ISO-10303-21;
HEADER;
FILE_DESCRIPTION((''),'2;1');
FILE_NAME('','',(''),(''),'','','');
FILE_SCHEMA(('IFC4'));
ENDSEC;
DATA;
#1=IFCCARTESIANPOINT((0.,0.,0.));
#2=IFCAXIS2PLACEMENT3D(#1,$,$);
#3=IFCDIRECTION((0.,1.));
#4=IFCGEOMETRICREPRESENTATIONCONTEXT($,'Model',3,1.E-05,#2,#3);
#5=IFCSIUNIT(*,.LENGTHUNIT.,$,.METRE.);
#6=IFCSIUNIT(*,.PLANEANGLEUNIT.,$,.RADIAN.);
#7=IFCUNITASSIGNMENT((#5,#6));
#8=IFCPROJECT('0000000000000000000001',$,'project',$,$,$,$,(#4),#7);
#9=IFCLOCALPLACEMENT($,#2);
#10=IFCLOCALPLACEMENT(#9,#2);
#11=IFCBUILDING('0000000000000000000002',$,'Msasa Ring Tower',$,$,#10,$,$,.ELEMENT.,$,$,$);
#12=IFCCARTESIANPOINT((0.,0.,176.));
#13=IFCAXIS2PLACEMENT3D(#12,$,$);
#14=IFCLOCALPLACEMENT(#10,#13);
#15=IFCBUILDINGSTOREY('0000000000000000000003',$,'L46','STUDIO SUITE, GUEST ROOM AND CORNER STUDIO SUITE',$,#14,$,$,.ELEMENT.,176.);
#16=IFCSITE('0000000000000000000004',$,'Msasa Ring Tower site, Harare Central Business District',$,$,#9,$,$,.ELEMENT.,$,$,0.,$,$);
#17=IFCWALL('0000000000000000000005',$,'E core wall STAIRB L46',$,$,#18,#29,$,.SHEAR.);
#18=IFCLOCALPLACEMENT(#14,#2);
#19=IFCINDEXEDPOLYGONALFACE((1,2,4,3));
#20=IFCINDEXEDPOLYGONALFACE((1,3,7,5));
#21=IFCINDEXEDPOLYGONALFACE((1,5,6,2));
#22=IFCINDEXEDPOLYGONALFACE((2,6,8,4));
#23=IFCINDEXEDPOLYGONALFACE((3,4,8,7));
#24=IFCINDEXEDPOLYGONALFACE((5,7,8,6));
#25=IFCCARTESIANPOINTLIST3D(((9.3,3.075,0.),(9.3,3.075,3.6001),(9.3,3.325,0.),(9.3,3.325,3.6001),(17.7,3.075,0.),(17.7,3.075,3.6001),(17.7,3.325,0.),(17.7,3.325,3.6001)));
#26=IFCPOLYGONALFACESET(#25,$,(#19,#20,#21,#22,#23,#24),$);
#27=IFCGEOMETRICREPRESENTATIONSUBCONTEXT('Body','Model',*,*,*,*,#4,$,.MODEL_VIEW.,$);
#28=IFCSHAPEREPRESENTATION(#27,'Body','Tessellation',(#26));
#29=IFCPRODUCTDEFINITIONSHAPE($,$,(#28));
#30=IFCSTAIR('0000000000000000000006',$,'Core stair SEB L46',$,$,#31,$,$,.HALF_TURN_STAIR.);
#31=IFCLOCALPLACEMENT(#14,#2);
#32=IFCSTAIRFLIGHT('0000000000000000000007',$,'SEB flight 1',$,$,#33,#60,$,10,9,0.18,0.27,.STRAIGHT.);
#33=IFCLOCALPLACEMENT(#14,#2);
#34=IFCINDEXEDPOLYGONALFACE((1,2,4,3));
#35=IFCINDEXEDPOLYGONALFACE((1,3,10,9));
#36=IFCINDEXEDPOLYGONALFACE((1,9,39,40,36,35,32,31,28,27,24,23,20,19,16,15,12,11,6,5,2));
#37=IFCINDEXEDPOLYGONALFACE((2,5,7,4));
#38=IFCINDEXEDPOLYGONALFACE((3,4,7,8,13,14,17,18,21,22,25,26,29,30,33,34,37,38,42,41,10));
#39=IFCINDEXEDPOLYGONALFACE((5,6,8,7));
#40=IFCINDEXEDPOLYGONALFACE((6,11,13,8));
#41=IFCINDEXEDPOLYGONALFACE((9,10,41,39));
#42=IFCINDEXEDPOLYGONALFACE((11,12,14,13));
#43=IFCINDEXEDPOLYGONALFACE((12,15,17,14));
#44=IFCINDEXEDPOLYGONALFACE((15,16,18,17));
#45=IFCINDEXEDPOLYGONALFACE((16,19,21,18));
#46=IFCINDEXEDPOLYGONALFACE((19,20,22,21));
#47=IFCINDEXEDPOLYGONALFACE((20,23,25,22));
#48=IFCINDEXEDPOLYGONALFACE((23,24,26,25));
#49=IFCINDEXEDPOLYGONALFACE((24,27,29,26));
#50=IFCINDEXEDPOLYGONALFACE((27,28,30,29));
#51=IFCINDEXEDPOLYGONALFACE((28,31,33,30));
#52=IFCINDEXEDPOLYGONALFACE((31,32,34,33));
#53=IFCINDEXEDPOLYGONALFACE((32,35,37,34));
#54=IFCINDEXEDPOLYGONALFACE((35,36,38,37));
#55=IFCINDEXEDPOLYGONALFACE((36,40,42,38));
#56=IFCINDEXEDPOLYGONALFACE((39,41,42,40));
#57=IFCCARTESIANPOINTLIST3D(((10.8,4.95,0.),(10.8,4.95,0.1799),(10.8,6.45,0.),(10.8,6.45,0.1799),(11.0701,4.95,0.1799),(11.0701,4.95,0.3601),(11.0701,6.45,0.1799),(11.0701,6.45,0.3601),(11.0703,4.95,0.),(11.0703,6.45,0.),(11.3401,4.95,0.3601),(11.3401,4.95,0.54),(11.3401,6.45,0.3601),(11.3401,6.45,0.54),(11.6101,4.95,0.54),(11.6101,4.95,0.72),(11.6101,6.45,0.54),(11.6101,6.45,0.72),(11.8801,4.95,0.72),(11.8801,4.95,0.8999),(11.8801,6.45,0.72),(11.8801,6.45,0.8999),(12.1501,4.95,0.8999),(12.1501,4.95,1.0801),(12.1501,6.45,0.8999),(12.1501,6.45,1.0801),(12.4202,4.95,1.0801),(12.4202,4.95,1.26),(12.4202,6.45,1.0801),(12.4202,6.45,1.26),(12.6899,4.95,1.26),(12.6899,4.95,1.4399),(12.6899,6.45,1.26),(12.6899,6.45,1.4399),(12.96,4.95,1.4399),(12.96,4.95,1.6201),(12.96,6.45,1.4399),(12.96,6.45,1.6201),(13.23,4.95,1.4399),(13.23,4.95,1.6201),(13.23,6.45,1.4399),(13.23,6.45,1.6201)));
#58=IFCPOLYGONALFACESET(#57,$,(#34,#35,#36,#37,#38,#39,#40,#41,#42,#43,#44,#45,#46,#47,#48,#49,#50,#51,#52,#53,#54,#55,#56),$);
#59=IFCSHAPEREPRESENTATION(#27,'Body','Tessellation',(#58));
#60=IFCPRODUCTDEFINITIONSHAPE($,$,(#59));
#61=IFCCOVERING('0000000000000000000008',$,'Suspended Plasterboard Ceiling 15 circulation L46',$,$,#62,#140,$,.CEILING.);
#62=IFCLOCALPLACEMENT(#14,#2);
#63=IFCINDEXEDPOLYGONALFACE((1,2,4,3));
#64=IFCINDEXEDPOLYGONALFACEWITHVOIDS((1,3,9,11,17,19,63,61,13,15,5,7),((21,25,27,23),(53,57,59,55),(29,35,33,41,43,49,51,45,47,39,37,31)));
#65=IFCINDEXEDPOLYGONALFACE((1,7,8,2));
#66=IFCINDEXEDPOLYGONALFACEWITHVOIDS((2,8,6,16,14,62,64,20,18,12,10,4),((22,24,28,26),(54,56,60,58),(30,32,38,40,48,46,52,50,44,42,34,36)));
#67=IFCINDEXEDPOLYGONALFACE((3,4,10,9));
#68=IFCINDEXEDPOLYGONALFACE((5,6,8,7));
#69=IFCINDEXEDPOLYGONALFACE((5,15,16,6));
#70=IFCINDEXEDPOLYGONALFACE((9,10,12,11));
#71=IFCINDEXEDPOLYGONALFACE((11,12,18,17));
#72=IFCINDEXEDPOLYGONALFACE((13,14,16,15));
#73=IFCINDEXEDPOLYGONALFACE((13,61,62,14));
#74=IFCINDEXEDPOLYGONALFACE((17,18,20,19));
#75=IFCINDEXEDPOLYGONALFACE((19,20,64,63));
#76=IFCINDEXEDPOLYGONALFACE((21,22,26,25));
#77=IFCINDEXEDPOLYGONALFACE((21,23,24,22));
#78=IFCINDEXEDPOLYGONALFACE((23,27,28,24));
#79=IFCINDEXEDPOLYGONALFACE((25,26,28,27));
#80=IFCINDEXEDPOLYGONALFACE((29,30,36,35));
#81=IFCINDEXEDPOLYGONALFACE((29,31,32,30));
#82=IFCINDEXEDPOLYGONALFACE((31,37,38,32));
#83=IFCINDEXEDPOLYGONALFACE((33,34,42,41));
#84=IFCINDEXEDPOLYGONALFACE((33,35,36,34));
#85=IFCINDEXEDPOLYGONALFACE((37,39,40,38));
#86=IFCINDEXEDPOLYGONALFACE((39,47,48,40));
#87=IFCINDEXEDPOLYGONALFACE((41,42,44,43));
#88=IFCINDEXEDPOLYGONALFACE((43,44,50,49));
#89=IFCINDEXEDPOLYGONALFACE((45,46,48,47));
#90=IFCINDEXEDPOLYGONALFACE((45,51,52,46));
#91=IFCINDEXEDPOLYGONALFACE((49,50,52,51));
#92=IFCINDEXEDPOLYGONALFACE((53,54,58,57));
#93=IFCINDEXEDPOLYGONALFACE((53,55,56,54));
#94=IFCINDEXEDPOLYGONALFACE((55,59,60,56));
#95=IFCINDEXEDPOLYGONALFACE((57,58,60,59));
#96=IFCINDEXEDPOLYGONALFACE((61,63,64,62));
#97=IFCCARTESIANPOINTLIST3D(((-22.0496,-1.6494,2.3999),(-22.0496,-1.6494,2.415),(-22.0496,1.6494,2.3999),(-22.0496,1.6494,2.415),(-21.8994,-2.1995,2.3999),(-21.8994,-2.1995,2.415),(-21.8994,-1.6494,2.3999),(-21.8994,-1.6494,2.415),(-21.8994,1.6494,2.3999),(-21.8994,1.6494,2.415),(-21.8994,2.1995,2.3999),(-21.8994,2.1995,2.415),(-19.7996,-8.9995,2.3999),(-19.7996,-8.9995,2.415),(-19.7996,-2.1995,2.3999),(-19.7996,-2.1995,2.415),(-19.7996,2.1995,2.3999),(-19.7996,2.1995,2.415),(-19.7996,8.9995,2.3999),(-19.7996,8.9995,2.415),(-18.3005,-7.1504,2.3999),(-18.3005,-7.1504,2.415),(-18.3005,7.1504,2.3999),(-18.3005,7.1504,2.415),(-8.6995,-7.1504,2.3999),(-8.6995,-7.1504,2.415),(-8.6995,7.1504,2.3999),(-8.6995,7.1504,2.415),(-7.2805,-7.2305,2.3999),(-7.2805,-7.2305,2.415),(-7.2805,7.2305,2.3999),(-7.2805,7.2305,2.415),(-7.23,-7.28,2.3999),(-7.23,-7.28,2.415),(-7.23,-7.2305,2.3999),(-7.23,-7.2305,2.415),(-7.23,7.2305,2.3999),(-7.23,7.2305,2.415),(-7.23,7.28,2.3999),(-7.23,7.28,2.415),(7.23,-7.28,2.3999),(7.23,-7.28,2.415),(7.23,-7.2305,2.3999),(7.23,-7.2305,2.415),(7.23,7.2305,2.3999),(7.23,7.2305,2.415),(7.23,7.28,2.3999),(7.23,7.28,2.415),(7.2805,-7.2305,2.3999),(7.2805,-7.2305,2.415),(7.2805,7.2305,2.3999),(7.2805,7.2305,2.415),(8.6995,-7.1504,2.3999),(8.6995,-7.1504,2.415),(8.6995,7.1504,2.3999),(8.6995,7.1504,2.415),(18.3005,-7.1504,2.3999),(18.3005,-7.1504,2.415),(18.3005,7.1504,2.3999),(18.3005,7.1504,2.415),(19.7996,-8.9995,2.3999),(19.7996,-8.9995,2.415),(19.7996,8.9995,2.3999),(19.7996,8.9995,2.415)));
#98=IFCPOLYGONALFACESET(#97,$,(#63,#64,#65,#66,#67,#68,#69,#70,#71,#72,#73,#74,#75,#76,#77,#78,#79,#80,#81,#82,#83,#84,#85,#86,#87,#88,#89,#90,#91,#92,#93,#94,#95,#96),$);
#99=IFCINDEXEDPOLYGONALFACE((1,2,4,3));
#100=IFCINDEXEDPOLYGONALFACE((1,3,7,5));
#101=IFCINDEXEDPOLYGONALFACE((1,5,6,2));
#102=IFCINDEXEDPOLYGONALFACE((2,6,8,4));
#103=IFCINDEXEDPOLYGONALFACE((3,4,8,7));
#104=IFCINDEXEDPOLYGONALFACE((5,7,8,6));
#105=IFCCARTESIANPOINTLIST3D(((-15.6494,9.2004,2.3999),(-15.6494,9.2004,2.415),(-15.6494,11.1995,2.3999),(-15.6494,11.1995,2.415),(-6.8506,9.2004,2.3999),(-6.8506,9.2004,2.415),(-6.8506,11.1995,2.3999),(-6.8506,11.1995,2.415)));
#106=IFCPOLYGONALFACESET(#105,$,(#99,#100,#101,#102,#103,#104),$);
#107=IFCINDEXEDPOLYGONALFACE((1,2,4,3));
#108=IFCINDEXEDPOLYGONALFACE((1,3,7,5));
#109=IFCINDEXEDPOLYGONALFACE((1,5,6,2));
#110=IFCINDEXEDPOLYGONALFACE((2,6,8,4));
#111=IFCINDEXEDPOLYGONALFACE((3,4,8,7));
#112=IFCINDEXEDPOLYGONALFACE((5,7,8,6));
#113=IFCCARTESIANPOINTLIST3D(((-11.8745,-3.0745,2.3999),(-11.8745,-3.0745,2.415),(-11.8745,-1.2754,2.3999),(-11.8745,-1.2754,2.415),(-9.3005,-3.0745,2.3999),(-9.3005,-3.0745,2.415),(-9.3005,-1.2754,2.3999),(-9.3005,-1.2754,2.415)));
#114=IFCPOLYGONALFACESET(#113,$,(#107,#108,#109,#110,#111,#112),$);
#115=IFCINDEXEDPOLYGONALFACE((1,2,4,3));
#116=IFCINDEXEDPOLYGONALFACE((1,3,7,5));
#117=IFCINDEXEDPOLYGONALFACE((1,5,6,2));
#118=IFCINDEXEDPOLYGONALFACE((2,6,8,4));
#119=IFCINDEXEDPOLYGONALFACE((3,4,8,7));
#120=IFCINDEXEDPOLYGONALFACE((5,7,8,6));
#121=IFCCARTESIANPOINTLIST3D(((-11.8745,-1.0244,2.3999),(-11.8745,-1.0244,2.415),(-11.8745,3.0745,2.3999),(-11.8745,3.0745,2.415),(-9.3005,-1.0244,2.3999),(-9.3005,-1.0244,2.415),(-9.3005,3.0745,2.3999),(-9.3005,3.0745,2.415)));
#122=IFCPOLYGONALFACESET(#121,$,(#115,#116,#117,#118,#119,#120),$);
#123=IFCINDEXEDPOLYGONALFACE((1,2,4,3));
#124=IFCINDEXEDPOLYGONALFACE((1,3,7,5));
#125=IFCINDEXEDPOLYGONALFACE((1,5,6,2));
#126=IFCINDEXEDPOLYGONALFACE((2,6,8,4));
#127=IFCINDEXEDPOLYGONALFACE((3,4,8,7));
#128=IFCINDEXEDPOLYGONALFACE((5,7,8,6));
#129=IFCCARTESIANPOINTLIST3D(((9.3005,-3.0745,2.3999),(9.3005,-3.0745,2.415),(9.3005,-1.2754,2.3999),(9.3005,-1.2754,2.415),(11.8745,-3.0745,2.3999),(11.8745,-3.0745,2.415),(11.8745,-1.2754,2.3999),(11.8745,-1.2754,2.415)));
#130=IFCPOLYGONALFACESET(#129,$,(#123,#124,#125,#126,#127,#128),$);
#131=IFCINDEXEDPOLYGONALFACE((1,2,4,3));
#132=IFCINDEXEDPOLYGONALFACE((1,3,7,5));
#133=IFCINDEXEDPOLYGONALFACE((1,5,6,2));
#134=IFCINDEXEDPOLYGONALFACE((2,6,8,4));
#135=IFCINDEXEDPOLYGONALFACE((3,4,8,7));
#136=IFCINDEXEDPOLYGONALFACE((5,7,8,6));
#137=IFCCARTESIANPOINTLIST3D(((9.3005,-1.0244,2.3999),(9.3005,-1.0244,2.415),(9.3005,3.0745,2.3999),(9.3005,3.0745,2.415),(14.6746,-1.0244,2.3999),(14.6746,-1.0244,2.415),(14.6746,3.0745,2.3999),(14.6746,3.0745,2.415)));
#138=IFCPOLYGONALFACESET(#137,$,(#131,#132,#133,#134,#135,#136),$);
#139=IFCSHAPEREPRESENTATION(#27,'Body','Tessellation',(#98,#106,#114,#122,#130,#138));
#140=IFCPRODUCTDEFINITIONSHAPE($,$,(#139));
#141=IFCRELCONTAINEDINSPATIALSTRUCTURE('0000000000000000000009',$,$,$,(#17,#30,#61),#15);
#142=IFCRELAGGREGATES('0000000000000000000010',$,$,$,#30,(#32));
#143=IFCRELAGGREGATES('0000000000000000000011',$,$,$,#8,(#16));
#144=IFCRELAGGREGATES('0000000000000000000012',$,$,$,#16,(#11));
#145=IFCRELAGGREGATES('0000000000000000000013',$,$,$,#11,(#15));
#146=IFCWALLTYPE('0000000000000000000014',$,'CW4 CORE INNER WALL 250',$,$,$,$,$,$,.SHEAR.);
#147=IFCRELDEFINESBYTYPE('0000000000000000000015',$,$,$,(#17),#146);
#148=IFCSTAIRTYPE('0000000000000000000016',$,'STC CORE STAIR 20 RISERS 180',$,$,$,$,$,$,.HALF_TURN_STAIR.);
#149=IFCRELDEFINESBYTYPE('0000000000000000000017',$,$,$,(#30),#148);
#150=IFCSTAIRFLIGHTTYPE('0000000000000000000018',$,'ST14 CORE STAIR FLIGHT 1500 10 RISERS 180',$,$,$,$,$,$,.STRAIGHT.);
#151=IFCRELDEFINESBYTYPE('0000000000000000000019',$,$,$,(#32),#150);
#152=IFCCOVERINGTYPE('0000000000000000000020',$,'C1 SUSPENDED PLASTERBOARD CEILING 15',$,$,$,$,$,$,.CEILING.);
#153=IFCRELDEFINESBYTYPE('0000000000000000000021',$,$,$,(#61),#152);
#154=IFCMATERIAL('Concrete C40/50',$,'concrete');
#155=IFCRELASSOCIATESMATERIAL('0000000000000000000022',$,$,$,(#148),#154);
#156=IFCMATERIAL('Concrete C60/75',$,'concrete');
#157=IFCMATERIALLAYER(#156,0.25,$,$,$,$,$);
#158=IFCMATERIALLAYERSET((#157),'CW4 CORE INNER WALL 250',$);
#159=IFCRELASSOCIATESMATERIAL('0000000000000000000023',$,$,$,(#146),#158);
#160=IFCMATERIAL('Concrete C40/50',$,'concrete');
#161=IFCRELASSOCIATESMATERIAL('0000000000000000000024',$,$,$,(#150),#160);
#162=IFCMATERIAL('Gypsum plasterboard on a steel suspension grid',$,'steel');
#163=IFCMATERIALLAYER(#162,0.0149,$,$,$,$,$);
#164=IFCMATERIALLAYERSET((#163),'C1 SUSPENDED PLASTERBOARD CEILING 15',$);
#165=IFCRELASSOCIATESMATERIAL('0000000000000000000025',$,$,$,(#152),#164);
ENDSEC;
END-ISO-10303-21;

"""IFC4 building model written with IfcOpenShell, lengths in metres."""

from ifc_helpers import new_model, si_unit, direction, frame, frame_2d, origin, place, context, subcontext, project, spatial, polyline, line, indexed_curve, rectangle, outline, extrude, material, layer, layer_set, type_object, element, aggregate, save


model = new_model("IFC4")

# Units and contexts
model_context = context("Model", 3, precision=1e-05, world=origin(), true_north=direction((0.0, 1.0)))
body_context = subcontext(model_context, "Body", "Model", "MODEL_VIEW")
ifc_project = project(units=[si_unit("LENGTHUNIT", "METRE"), si_unit("PLANEANGLEUNIT", "RADIAN")], contexts=[model_context])

# Site, building, storey
site_placement = place(None, origin())
site = spatial("IfcSite", under=ifc_project, at=site_placement, Name="Msasa Ring Tower site, Harare Central Business District", CompositionType="ELEMENT", RefElevation=0.0)
building_placement = place(site_placement, origin())
building = spatial("IfcBuilding", under=site, at=building_placement, Name="Msasa Ring Tower", CompositionType="ELEMENT")
storey_placement = place(building_placement, frame((0.0, 0.0, 176.0)))
storey = spatial("IfcBuildingStorey", under=building, at=storey_placement, Name="L46", Description="STUDIO SUITE, GUEST ROOM AND CORNER STUDIO SUITE", CompositionType="ELEMENT", Elevation=176.0)

# Shared definitions
ifc_material_1 = material(Name="Concrete C40/50", Category="concrete")
stair_type = type_object("IfcStairType", Name="STC CORE STAIR 20 RISERS 180", PredefinedType="HALF_TURN_STAIR", material=ifc_material_1)

# Wall
ifc_material_2 = material(Name="Concrete C60/75", Category="concrete")
ifc_layer_1 = layer(ifc_material_2, 0.25)
ifc_layer_set_1 = layer_set([ifc_layer_1], Name="CW4 CORE INNER WALL 250")
wall_type = type_object("IfcWallType", Name="CW4 CORE INNER WALL 250", PredefinedType="SHEAR", material=ifc_layer_set_1)
wall_placement = place(storey_placement, frame((9.3, 3.2, 0.0), z_axis=(0.0, 0.0, 1.0), x_axis=(1.0, 0.0, 0.0)))
element("IfcWall", 1, at=wall_placement, inside=storey, type_object=wall_type, Name="E core wall STAIRB L46", PredefinedType="SHEAR", context=body_context, shape_type="SweptSolid", body=[
    extrude(rectangle(XDim=8.3999, YDim=0.25, at=frame_2d((4.2, 0.0))), origin(), (0.0, 0.0, 1.0), 3.6001),
])

# Stair, stair flight
stair_1_placement = place(storey_placement, origin())
stair_1 = element("IfcStair", 2, at=stair_1_placement, inside=storey, type_object=stair_type, Name="Core stair SEB L46", PredefinedType="HALF_TURN_STAIR")
ifc_material_3 = material(Name="Concrete C40/50", Category="concrete")
stair_flight_type = type_object("IfcStairFlightType", Name="ST14 CORE STAIR FLIGHT 1500 10 RISERS 180", PredefinedType="STRAIGHT", material=ifc_material_3)
stair_flight_placement = place(storey_placement, frame((10.8, 5.7, 0.0), z_axis=(0.0, 0.0, 1.0), x_axis=(1.0, 0.0, 0.0)))
stair_flight = element("IfcStairFlight", 3, at=stair_flight_placement, type_object=stair_flight_type, Name="SEB flight 1", NumberOfRisers=10, NumberOfTreads=9, PredefinedType="STRAIGHT", RiserHeight=0.18, TreadLength=0.27, context=body_context, shape_type="SweptSolid", body=[
    extrude(outline(polyline([(0.0, 0.0), (0.0, 0.1799), (0.27, 0.1799), (0.27, 0.3601), (0.54, 0.3601), (0.54, 0.54), (0.8101, 0.54), (0.8101, 0.72), (1.0801, 0.72), (1.0801, 0.8999), (1.3501, 0.8999), (1.3501, 1.0801), (1.6201, 1.0801), (1.6201, 1.26), (1.8899, 1.26), (1.8899, 1.4399), (2.1599, 1.4399), (2.1599, 1.6201), (2.4299, 1.6201), (2.4299, 1.8), (2.4299, 1.4399), (0.2703, 0.0), (0.0, 0.0)])), frame((0.0, 0.75, 0.0), z_axis=(0.0, -1.0, 0.0), x_axis=(1.0, 0.0, 0.0)), (0.0, 0.0, 1.0), 1.5),
])
aggregate(stair_1, [stair_flight])

# Covering
ifc_material_4 = material(Name="Gypsum plasterboard on a steel suspension grid", Category="steel")
ifc_layer_2 = layer(ifc_material_4, 0.0149)
ifc_layer_set_2 = layer_set([ifc_layer_2], Name="C1 SUSPENDED PLASTERBOARD CEILING 15")
covering_type_1 = type_object("IfcCoveringType", Name="C1 SUSPENDED PLASTERBOARD CEILING 15", PredefinedType="CEILING", material=ifc_layer_set_2)
covering_1_placement = place(storey_placement, frame((0.0, 0.0, 2.3999)))
element("IfcCovering", 4, at=covering_1_placement, inside=storey, type_object=covering_type_1, Name="Suspended Plasterboard Ceiling 15 circulation L46", PredefinedType="CEILING", context=body_context, shape_type="SweptSolid", body=[
    extrude(outline(indexed_curve([(-22.0496, 1.6494), (-21.8994, 1.6494), (-21.8994, 2.1995), (-19.7996, 2.1995), (-19.7996, 8.9995), (19.7996, 8.9995), (19.7996, -8.9995), (-19.7996, -8.9995), (-19.7996, -2.1995), (-21.8994, -2.1995), (-21.8994, -1.6494), (-22.0496, -1.6494)], segments=[line(1, 2, 3, 4, 5, 6, 7, 8, 9, 10, 11, 12, 1)], self_intersect=False), holes=[indexed_curve([(8.6995, -7.1504), (18.3005, -7.1504), (18.3005, 7.1504), (8.6995, 7.1504)], segments=[line(1, 2, 3, 4, 1)], self_intersect=False), indexed_curve([(-18.3005, 7.1504), (-18.3005, -7.1504), (-8.6995, -7.1504), (-8.6995, 7.1504)], segments=[line(1, 2, 3, 4, 1)], self_intersect=False), indexed_curve([(-7.2805, 7.2305), (-7.2805, -7.2305), (-7.23, -7.2305), (-7.23, -7.28), (7.23, -7.28), (7.23, -7.2305), (7.2805, -7.2305), (7.2805, 7.2305), (7.23, 7.2305), (7.23, 7.28), (-7.23, 7.28), (-7.23, 7.2305)], segments=[line(1, 2, 3, 4, 5, 6, 7, 8, 9, 10, 11, 12, 1)], self_intersect=False)]), origin(), (0.0, 0.0, 1.0), 0.0151),
    extrude(outline(indexed_curve([(-15.6494, 9.2004), (-15.6494, 11.1995), (-6.8506, 11.1995), (-6.8506, 9.2004)], segments=[line(1, 2, 3, 4, 1)], self_intersect=False)), origin(), (0.0, 0.0, 1.0), 0.0151),
    extrude(outline(indexed_curve([(-9.3005, -3.0745), (-11.8745, -3.0745), (-11.8745, -1.2754), (-9.3005, -1.2754)], segments=[line(1, 2, 3, 4, 1)], self_intersect=False)), origin(), (0.0, 0.0, 1.0), 0.0151),
    extrude(outline(indexed_curve([(-9.3005, -1.0244), (-11.8745, -1.0244), (-11.8745, 3.0745), (-9.3005, 3.0745)], segments=[line(1, 2, 3, 4, 1)], self_intersect=False)), origin(), (0.0, 0.0, 1.0), 0.0151),
    extrude(outline(indexed_curve([(9.3005, -3.0745), (9.3005, -1.2754), (11.8745, -1.2754), (11.8745, -3.0745)], segments=[line(1, 2, 3, 4, 1)], self_intersect=False)), origin(), (0.0, 0.0, 1.0), 0.0151),
    extrude(outline(indexed_curve([(9.3005, -1.0244), (9.3005, 3.0745), (14.6746, 3.0745), (14.6746, -1.0244)], segments=[line(1, 2, 3, 4, 1)], self_intersect=False)), origin(), (0.0, 0.0, 1.0), 0.0151),
])

save(model, "model.ifc")
